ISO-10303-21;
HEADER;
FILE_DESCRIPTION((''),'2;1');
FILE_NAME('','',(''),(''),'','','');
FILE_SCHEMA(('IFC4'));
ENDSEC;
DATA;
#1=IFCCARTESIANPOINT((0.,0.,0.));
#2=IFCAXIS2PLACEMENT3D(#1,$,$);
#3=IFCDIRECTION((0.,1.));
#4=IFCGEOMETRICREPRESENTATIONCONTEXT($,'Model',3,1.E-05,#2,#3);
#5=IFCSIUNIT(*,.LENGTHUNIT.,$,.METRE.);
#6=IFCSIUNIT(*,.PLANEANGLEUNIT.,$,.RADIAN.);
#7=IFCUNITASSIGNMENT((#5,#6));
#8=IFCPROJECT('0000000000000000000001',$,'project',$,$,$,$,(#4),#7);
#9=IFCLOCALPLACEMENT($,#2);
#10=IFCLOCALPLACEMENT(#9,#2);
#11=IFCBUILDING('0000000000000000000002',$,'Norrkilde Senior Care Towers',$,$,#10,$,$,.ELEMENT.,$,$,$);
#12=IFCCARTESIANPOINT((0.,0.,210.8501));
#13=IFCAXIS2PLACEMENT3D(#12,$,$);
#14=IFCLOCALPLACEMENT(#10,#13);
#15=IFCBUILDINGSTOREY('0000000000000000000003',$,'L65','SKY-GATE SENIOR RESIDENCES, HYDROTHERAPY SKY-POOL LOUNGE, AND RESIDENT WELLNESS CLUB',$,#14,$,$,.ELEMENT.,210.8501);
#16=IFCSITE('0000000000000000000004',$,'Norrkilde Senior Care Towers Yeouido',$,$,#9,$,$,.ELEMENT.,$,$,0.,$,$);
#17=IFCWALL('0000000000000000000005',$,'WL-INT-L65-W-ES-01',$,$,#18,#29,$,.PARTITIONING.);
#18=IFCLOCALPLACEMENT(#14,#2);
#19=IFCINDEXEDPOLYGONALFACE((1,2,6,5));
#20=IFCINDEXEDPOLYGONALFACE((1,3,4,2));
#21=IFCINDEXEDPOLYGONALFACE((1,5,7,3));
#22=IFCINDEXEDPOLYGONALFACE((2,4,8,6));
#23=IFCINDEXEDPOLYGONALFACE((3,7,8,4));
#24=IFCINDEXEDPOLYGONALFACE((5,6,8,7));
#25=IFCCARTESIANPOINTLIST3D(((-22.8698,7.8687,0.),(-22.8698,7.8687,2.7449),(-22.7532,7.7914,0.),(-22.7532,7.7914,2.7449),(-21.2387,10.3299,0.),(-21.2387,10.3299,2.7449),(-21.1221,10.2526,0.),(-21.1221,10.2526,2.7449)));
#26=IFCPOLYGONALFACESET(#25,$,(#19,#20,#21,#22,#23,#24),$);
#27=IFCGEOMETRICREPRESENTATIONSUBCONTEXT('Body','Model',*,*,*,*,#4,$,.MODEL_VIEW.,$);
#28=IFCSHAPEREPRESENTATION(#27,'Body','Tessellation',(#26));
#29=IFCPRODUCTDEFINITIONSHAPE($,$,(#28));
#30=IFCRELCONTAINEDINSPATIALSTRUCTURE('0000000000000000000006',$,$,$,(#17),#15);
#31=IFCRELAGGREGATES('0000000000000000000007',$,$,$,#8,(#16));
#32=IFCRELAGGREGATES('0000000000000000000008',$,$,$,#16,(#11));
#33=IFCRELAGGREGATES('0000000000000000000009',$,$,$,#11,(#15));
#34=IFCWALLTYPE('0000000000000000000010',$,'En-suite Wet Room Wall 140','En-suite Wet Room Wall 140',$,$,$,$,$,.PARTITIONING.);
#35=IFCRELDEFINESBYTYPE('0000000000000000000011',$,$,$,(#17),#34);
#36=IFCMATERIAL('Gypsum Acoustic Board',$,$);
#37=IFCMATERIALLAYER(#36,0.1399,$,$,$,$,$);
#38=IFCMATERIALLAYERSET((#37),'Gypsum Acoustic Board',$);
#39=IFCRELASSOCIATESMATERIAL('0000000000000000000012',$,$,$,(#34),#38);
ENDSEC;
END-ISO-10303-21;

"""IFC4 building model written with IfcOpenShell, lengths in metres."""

from ifc_helpers import new_model, si_unit, direction, frame, frame_2d, origin, place, context, subcontext, project, spatial, rectangle, extrude, source, transform, mapped, material, layer, layer_set, type_object, element, save


model = new_model("IFC4")

# Units and contexts
model_context = context("Model", 3, precision=1e-05, world=origin(), true_north=direction((0.0, 1.0)))
body_context = subcontext(model_context, "Body", "Model", "MODEL_VIEW")
ifc_project = project(units=[si_unit("LENGTHUNIT", "METRE"), si_unit("PLANEANGLEUNIT", "RADIAN")], contexts=[model_context])

# Site, building, storey
site_placement = place(None, origin())
site = spatial("IfcSite", under=ifc_project, at=site_placement, Name="Norrkilde Senior Care Towers Yeouido", CompositionType="ELEMENT", RefElevation=0.0)
building_placement = place(site_placement, origin())
building = spatial("IfcBuilding", under=site, at=building_placement, Name="Norrkilde Senior Care Towers", CompositionType="ELEMENT")
storey_placement = place(building_placement, frame((0.0, 0.0, 210.8501)))
storey = spatial("IfcBuildingStorey", under=building, at=storey_placement, Name="L65", Description="SKY-GATE SENIOR RESIDENCES, HYDROTHERAPY SKY-POOL LOUNGE, AND RESIDENT WELLNESS CLUB", CompositionType="ELEMENT", Elevation=210.8501)

# Shared definitions
ifc_material_1 = material(Name="Gypsum Acoustic Board")

# Shared definitions
ifc_layer_1 = layer(ifc_material_1, 0.1399)
ifc_layer_set_1 = layer_set([ifc_layer_1], Name="Gypsum Acoustic Board")
wall_type_1 = type_object("IfcWallType", Name="En-suite Wet Room Wall 140", Description="En-suite Wet Room Wall 140", PredefinedType="PARTITIONING", material=ifc_layer_set_1)

# Wall
shared_shape_1 = source(origin(), body_context, "Body", "SweptSolid", [
    extrude(rectangle(XDim=2.9526, YDim=0.1399, at=frame_2d((1.4763, 0.0))), origin(), (0.0, 0.0, 1.0), 2.7449),
])
wall_1_placement = place(storey_placement, frame((-22.8115, 7.8301, 0.0), z_axis=(0.0, 0.0, 1.0), x_axis=(0.552427, 0.833561, 0.0)))
element("IfcWall", 1, at=wall_1_placement, inside=storey, type_object=wall_type_1, Name="WL-INT-L65-W-ES-01", PredefinedType="PARTITIONING", context=body_context, shape_type="MappedRepresentation", body=[
    mapped(shared_shape_1, transform((0.0, 0.0, 0.0), x_axis=(1.0, 0.0, 0.0), y_axis=(0.0, 1.0, 0.0), z_axis=(0.0, 0.0, 1.0), scale=1.0)),
])

save(model, "model.ifc")
